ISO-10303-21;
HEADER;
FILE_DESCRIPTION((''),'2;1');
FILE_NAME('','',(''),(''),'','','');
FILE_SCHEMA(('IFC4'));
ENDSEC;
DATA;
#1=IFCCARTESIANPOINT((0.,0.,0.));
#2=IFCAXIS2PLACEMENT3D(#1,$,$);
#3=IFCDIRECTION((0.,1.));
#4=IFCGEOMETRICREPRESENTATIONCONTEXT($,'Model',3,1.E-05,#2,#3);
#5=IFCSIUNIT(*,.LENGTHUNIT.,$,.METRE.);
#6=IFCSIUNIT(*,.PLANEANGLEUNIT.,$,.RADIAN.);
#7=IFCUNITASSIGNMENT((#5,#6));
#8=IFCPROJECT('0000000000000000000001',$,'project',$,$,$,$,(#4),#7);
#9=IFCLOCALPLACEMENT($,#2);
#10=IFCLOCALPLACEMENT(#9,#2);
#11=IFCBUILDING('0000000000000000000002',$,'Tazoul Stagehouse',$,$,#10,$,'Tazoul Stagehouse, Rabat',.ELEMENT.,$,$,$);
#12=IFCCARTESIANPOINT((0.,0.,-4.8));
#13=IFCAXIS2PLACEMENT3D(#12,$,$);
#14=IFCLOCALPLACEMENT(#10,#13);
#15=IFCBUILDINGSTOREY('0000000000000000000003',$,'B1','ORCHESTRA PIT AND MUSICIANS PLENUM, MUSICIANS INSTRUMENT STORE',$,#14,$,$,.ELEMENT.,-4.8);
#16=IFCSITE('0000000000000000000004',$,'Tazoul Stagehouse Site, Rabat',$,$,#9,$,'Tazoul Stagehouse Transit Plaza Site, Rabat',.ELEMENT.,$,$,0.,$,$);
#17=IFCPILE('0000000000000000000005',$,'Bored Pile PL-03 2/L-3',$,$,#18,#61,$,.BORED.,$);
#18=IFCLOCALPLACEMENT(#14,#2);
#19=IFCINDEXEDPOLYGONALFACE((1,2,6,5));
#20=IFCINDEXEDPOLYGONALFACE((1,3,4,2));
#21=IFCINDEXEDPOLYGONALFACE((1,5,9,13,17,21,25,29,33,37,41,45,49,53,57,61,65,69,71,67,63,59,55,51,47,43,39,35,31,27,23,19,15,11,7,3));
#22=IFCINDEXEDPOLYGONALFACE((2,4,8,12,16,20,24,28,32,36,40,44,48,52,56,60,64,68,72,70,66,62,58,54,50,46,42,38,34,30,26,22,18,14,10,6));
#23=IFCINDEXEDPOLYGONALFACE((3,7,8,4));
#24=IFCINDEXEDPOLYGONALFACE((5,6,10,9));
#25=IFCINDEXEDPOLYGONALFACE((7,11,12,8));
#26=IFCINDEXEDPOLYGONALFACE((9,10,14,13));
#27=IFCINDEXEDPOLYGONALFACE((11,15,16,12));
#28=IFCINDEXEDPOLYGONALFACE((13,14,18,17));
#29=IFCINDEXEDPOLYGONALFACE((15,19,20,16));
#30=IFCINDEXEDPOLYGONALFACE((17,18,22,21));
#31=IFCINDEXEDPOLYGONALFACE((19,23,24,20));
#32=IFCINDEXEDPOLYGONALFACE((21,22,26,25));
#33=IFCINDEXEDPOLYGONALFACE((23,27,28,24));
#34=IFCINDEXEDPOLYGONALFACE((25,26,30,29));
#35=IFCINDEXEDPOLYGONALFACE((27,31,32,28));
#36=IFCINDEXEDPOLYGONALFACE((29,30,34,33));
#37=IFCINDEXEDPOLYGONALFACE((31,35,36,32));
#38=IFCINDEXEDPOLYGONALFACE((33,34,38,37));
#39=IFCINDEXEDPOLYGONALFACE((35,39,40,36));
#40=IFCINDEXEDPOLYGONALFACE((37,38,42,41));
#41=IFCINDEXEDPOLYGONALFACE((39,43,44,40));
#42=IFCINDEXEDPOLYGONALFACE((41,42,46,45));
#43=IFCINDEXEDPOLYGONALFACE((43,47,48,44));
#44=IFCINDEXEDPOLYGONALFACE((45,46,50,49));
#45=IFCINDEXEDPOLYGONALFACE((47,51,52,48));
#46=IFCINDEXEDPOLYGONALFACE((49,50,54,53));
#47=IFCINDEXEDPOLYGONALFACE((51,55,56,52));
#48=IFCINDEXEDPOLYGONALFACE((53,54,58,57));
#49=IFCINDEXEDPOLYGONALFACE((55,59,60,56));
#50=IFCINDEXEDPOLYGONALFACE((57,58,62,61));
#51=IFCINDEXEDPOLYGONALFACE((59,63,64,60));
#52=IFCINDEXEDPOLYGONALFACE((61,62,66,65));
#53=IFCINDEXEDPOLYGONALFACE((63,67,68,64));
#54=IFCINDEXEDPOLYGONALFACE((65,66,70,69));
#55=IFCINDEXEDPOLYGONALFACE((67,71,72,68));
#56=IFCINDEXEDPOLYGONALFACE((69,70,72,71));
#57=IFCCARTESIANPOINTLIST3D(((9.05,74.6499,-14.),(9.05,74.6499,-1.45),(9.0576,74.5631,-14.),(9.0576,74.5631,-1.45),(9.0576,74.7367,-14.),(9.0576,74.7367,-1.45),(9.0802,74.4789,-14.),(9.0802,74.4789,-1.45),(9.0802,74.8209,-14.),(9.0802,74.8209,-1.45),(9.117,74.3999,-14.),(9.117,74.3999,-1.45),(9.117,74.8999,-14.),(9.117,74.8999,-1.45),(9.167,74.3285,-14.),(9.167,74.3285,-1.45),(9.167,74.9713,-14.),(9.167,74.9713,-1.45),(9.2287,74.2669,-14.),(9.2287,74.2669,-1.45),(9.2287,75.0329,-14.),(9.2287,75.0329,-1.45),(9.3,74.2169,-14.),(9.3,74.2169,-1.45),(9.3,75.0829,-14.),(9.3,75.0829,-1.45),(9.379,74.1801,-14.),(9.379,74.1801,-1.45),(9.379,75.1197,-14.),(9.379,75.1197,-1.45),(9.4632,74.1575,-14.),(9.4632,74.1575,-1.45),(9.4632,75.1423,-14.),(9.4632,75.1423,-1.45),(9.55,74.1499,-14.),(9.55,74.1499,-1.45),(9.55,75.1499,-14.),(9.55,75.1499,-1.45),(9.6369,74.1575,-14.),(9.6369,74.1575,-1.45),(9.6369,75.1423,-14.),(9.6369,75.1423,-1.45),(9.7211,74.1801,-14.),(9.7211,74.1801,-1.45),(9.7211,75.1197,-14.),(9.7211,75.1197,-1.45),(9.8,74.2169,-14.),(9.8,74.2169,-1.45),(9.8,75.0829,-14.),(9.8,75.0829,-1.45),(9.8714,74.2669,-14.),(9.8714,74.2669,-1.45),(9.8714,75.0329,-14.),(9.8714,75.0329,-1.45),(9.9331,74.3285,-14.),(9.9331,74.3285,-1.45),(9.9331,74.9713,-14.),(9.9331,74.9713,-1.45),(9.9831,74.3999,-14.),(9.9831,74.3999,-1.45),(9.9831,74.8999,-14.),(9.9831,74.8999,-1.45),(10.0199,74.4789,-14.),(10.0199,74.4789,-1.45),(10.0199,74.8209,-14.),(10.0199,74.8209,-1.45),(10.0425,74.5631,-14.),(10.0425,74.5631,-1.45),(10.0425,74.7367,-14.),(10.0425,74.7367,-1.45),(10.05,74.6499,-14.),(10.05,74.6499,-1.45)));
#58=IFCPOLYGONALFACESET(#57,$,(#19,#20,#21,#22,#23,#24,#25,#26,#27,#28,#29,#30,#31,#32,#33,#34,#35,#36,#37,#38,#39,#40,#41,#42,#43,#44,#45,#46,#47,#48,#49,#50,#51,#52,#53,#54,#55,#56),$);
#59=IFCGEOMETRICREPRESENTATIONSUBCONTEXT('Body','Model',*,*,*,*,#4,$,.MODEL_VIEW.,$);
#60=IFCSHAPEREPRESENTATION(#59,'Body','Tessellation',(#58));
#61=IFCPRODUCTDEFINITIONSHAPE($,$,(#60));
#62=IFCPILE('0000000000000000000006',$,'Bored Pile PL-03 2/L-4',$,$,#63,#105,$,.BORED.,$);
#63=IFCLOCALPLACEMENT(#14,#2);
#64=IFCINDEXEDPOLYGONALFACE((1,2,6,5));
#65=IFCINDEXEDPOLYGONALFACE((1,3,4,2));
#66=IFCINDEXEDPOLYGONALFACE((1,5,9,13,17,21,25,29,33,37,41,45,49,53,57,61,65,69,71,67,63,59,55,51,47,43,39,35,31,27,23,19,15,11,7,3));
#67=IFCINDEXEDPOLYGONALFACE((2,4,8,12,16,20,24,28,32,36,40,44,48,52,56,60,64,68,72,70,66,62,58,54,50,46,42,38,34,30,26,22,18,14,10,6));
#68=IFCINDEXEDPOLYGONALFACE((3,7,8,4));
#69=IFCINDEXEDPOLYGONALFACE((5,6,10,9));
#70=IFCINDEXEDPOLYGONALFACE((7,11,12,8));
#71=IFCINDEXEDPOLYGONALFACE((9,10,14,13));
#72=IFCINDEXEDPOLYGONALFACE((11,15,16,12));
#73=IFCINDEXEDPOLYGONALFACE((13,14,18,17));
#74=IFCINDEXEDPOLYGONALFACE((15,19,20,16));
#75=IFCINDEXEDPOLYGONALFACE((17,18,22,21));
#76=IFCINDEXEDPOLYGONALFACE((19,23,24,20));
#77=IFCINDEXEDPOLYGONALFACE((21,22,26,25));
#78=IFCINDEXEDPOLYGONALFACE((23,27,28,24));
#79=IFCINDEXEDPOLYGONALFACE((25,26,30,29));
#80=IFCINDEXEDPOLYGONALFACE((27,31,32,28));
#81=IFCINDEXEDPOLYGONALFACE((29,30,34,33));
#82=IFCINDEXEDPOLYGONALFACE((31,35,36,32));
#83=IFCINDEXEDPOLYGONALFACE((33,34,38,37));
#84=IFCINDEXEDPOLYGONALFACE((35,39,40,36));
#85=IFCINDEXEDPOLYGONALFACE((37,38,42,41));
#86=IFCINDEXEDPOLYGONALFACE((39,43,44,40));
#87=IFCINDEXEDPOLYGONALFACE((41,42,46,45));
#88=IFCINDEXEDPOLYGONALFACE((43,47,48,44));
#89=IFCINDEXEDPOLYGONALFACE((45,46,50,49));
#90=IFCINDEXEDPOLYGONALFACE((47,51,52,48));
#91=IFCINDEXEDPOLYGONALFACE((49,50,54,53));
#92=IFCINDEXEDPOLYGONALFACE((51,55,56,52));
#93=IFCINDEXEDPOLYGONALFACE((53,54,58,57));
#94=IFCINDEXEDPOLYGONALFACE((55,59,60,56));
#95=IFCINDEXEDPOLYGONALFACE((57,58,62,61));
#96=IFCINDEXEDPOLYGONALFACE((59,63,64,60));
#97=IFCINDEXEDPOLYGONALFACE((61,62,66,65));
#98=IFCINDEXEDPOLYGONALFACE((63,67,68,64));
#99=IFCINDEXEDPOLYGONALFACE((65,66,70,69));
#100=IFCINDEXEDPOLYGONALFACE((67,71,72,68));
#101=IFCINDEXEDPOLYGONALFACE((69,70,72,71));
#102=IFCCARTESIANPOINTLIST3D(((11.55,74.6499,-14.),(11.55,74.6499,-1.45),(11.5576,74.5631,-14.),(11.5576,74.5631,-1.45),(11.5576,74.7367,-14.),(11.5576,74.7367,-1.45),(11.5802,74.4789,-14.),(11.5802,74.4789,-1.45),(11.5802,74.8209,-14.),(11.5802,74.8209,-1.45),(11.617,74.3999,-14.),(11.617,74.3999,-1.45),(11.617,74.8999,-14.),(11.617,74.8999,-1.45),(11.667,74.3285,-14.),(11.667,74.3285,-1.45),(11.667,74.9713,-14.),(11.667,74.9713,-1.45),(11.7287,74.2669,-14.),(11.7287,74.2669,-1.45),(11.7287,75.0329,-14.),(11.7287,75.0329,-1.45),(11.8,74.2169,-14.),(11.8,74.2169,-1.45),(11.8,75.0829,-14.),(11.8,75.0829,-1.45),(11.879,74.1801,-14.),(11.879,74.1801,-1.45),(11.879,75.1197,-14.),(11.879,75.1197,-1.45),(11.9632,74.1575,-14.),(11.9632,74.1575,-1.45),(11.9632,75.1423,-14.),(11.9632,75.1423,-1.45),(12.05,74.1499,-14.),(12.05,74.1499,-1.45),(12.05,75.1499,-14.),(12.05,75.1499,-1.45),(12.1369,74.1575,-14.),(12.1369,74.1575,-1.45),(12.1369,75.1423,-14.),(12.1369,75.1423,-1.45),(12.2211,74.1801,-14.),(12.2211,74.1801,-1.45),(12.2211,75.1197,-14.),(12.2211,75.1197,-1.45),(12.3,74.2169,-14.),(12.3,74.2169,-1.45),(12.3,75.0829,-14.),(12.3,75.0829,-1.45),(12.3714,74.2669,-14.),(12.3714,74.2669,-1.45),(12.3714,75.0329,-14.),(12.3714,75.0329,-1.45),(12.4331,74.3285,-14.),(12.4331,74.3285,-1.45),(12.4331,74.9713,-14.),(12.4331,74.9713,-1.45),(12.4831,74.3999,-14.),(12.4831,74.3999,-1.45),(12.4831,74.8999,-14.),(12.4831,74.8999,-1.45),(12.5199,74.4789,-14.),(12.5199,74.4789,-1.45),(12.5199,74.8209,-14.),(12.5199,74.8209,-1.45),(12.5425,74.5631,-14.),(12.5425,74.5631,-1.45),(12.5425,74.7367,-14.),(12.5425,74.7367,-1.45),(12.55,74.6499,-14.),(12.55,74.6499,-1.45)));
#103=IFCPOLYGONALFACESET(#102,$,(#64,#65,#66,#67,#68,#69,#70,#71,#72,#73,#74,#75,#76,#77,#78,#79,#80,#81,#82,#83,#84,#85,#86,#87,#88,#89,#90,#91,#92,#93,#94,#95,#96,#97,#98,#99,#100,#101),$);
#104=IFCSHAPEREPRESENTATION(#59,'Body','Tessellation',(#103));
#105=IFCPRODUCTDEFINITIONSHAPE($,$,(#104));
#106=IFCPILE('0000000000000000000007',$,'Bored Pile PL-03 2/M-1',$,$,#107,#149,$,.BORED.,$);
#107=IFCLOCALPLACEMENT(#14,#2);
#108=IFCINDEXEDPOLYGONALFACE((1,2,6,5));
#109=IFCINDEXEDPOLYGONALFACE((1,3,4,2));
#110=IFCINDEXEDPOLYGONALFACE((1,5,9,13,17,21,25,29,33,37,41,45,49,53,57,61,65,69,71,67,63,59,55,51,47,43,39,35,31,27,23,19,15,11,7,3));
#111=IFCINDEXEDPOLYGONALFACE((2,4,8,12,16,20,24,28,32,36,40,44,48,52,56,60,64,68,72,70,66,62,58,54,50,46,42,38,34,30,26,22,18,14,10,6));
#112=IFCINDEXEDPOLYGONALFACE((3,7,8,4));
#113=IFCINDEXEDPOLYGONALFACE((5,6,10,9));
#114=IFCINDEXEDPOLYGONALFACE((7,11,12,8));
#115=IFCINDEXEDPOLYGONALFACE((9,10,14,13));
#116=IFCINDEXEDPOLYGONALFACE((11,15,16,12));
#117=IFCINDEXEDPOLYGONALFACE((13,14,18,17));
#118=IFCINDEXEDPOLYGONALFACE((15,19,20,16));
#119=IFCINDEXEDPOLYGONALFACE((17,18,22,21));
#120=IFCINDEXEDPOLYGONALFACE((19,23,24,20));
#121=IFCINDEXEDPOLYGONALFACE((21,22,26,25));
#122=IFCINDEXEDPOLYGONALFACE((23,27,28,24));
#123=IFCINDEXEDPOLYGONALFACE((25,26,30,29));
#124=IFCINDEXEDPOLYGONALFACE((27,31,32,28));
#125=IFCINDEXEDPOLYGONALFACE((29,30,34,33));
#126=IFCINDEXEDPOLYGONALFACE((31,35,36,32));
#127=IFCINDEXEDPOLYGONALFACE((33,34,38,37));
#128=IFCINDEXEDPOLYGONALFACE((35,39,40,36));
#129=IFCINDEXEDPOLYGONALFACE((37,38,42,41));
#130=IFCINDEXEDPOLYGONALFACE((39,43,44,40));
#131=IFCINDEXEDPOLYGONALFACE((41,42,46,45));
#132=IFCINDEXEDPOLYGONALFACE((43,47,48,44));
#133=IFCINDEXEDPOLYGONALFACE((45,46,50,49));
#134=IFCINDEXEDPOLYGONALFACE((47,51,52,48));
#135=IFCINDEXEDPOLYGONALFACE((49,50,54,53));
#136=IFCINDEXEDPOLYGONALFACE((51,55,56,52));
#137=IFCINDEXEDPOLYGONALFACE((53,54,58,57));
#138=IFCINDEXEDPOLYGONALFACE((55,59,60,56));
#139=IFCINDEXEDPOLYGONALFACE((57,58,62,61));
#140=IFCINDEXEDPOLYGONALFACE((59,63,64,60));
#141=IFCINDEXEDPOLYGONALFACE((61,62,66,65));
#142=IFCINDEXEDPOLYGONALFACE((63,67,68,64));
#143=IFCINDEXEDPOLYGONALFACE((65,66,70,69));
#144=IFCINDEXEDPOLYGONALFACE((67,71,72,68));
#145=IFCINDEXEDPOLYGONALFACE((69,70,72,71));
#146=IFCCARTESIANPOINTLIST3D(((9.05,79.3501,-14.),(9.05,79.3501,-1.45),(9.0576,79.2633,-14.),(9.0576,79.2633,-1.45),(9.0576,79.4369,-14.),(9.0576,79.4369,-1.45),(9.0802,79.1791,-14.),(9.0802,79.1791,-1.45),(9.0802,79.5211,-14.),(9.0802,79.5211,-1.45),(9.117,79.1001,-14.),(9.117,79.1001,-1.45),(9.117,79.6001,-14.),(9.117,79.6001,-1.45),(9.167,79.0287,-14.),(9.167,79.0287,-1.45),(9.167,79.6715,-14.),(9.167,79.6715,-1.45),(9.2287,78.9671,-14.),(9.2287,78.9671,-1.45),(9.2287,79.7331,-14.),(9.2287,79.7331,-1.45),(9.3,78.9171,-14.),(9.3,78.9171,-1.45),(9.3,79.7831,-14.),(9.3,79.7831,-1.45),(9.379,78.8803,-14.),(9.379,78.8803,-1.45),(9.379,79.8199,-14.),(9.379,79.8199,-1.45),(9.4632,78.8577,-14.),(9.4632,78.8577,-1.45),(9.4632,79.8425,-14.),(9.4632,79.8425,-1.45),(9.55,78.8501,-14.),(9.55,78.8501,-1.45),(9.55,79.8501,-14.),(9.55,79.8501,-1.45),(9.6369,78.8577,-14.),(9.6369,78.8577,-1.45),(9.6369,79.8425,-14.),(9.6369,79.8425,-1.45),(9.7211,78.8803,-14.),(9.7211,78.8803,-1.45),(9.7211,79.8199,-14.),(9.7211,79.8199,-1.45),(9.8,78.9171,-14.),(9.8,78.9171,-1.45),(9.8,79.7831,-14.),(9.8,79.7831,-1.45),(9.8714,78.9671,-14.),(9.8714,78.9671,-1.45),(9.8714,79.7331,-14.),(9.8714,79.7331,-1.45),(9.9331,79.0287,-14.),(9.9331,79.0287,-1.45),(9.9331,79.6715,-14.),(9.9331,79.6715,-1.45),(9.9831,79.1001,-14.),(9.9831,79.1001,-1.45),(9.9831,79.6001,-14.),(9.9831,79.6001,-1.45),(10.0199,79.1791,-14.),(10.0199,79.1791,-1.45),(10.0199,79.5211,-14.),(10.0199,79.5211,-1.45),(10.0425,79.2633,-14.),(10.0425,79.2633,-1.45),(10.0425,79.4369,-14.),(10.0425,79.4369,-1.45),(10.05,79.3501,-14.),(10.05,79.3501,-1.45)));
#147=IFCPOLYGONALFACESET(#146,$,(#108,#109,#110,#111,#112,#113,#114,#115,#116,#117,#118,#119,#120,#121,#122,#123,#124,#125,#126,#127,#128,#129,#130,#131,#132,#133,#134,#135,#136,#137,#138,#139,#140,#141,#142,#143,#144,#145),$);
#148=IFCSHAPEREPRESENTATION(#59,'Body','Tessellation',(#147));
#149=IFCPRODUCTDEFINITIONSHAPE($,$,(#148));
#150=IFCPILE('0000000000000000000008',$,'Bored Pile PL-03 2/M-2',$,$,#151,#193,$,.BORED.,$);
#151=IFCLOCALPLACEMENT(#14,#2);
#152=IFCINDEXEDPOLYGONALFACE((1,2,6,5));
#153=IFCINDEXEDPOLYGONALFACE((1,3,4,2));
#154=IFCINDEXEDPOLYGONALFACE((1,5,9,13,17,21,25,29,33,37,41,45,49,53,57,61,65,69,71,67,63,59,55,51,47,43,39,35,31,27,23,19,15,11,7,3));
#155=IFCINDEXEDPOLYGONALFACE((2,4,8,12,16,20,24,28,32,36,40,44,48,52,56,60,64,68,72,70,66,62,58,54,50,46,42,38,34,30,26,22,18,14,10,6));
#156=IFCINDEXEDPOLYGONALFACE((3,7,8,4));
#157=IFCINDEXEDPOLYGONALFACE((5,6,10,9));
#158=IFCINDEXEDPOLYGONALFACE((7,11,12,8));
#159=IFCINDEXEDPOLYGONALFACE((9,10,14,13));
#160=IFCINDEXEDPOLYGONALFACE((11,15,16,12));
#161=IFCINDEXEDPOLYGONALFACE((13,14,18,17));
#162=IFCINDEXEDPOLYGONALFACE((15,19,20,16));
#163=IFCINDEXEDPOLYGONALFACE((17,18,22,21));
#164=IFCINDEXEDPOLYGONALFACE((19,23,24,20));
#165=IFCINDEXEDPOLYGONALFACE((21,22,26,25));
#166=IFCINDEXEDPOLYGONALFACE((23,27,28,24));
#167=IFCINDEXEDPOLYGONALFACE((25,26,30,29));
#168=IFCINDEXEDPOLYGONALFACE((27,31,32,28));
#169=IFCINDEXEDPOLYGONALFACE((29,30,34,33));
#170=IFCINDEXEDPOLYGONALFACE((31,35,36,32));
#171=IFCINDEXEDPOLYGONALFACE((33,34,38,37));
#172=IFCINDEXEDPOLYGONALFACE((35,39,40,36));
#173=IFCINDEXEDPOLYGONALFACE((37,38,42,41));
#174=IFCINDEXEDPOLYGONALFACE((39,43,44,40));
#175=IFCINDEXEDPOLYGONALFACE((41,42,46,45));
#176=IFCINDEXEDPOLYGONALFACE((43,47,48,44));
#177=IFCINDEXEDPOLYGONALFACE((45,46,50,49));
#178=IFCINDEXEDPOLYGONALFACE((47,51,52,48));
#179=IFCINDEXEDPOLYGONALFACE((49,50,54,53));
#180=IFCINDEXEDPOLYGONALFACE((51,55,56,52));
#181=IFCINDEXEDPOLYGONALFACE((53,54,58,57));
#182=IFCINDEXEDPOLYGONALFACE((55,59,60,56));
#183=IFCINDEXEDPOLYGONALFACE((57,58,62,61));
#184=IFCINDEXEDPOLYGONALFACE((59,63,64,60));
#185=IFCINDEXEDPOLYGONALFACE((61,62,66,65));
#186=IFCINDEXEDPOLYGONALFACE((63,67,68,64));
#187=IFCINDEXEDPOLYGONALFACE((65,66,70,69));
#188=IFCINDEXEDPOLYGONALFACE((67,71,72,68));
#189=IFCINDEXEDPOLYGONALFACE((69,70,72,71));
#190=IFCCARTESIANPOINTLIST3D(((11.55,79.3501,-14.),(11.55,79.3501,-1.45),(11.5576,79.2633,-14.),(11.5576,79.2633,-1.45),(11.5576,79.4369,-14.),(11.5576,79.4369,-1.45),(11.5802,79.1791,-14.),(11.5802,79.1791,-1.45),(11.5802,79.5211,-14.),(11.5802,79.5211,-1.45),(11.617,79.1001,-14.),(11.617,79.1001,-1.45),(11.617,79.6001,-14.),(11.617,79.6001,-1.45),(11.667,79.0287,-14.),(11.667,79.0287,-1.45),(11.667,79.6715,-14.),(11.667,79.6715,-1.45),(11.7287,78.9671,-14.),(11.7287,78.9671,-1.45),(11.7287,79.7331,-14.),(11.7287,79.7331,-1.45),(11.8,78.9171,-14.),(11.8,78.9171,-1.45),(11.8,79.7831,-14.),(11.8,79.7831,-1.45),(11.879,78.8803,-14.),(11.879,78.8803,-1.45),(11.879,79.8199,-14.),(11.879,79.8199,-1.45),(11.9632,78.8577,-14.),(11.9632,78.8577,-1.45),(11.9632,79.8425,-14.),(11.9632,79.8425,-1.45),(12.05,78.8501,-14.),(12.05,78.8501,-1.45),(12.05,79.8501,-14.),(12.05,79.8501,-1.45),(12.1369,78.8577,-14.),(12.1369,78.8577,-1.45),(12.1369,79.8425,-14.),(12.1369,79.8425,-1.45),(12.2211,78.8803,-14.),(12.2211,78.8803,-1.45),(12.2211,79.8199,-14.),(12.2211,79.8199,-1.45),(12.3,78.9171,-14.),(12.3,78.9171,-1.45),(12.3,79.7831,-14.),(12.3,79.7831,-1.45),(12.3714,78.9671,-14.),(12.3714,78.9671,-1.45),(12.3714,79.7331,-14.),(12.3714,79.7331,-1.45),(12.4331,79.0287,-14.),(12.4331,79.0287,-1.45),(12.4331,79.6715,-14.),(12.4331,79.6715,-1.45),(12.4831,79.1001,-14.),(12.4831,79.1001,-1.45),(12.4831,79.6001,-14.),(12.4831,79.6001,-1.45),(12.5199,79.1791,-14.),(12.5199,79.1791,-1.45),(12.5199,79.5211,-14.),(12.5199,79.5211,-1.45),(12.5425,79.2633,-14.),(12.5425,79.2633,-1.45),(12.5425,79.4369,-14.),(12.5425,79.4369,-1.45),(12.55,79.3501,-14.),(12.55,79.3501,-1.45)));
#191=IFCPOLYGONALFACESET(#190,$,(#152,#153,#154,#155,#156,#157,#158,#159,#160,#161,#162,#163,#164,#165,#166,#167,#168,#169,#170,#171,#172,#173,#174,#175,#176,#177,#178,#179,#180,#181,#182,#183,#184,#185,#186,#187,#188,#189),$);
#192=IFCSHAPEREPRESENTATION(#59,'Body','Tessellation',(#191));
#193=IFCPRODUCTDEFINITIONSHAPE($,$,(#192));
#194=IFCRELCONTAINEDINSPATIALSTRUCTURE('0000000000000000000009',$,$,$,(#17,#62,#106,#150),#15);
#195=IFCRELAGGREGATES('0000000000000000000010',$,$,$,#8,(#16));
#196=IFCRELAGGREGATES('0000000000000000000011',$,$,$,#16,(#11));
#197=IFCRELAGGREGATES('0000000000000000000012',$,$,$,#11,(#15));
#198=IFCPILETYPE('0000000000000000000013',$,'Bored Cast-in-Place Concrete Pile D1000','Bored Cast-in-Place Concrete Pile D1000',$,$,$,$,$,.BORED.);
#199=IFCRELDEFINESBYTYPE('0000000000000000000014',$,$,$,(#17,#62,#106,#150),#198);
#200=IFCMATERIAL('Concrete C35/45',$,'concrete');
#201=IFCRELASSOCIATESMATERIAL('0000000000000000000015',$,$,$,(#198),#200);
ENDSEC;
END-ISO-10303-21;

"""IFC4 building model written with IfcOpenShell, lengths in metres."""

from ifc_helpers import new_model, si_unit, direction, frame, origin, origin_2d, place, context, subcontext, project, spatial, circle, extrude, material, material_profile, profile_set, type_object, element, save


model = new_model("IFC4")

# Units and contexts
model_context = context("Model", 3, precision=1e-05, world=origin(), true_north=direction((0.0, 1.0)))
body_context = subcontext(model_context, "Body", "Model", "MODEL_VIEW")
ifc_project = project(units=[si_unit("LENGTHUNIT", "METRE"), si_unit("PLANEANGLEUNIT", "RADIAN")], contexts=[model_context])

# Site, building, storey
site_placement = place(None, origin())
site = spatial("IfcSite", under=ifc_project, at=site_placement, Name="Tazoul Stagehouse Site, Rabat", LongName="Tazoul Stagehouse Transit Plaza Site, Rabat", CompositionType="ELEMENT", RefElevation=0.0)
building_placement = place(site_placement, origin())
building = spatial("IfcBuilding", under=site, at=building_placement, Name="Tazoul Stagehouse", LongName="Tazoul Stagehouse, Rabat", CompositionType="ELEMENT")
storey_placement = place(building_placement, frame((0.0, 0.0, -4.8)))
storey = spatial("IfcBuildingStorey", under=building, at=storey_placement, Name="B1", Description="ORCHESTRA PIT AND MUSICIANS PLENUM, MUSICIANS INSTRUMENT STORE", CompositionType="ELEMENT", Elevation=-4.8)

# Piles
ifc_material_1 = material(Name="Concrete C35/45", Category="concrete")
ifc_material_profile_1 = material_profile(ifc_material_1, circle(Radius=0.5, at=origin_2d()), Name="BORED PILE 1000")
ifc_profile_set_1 = profile_set([ifc_material_profile_1], Name="Concrete C35/45")
pile_type_1 = type_object("IfcPileType", Name="Bored Cast-in-Place Concrete Pile D1000", Description="Bored Cast-in-Place Concrete Pile D1000", PredefinedType="BORED", material=ifc_profile_set_1)
for number, where, z_axis, x_axis, name in (
    (1, (9.55, 74.6499, -1.45), (0.0, 0.0, -1.0), (1.0, 0.0, 0.0), "Bored Pile PL-03 2/L-3"),
    (2, (12.05, 74.6499, -1.45), (0.0, 0.0, -1.0), (1.0, 0.0, 0.0), "Bored Pile PL-03 2/L-4"),
    (3, (9.55, 79.3501, -1.45), (0.0, 0.0, -1.0), (1.0, 0.0, 0.0), "Bored Pile PL-03 2/M-1"),
    (4, (12.05, 79.3501, -1.45), (0.0, 0.0, -1.0), (1.0, 0.0, 0.0), "Bored Pile PL-03 2/M-2"),
):
    element("IfcPile", number, at=place(storey_placement, frame(where, z_axis=z_axis, x_axis=x_axis)), inside=storey, type_object=pile_type_1, Name=name, PredefinedType="BORED", context=body_context, shape_type="SweptSolid", body=[
        extrude(circle(Radius=0.5, at=origin_2d()), origin(), (0.0, 0.0, 1.0), 12.55),
    ])

save(model, "model.ifc")
